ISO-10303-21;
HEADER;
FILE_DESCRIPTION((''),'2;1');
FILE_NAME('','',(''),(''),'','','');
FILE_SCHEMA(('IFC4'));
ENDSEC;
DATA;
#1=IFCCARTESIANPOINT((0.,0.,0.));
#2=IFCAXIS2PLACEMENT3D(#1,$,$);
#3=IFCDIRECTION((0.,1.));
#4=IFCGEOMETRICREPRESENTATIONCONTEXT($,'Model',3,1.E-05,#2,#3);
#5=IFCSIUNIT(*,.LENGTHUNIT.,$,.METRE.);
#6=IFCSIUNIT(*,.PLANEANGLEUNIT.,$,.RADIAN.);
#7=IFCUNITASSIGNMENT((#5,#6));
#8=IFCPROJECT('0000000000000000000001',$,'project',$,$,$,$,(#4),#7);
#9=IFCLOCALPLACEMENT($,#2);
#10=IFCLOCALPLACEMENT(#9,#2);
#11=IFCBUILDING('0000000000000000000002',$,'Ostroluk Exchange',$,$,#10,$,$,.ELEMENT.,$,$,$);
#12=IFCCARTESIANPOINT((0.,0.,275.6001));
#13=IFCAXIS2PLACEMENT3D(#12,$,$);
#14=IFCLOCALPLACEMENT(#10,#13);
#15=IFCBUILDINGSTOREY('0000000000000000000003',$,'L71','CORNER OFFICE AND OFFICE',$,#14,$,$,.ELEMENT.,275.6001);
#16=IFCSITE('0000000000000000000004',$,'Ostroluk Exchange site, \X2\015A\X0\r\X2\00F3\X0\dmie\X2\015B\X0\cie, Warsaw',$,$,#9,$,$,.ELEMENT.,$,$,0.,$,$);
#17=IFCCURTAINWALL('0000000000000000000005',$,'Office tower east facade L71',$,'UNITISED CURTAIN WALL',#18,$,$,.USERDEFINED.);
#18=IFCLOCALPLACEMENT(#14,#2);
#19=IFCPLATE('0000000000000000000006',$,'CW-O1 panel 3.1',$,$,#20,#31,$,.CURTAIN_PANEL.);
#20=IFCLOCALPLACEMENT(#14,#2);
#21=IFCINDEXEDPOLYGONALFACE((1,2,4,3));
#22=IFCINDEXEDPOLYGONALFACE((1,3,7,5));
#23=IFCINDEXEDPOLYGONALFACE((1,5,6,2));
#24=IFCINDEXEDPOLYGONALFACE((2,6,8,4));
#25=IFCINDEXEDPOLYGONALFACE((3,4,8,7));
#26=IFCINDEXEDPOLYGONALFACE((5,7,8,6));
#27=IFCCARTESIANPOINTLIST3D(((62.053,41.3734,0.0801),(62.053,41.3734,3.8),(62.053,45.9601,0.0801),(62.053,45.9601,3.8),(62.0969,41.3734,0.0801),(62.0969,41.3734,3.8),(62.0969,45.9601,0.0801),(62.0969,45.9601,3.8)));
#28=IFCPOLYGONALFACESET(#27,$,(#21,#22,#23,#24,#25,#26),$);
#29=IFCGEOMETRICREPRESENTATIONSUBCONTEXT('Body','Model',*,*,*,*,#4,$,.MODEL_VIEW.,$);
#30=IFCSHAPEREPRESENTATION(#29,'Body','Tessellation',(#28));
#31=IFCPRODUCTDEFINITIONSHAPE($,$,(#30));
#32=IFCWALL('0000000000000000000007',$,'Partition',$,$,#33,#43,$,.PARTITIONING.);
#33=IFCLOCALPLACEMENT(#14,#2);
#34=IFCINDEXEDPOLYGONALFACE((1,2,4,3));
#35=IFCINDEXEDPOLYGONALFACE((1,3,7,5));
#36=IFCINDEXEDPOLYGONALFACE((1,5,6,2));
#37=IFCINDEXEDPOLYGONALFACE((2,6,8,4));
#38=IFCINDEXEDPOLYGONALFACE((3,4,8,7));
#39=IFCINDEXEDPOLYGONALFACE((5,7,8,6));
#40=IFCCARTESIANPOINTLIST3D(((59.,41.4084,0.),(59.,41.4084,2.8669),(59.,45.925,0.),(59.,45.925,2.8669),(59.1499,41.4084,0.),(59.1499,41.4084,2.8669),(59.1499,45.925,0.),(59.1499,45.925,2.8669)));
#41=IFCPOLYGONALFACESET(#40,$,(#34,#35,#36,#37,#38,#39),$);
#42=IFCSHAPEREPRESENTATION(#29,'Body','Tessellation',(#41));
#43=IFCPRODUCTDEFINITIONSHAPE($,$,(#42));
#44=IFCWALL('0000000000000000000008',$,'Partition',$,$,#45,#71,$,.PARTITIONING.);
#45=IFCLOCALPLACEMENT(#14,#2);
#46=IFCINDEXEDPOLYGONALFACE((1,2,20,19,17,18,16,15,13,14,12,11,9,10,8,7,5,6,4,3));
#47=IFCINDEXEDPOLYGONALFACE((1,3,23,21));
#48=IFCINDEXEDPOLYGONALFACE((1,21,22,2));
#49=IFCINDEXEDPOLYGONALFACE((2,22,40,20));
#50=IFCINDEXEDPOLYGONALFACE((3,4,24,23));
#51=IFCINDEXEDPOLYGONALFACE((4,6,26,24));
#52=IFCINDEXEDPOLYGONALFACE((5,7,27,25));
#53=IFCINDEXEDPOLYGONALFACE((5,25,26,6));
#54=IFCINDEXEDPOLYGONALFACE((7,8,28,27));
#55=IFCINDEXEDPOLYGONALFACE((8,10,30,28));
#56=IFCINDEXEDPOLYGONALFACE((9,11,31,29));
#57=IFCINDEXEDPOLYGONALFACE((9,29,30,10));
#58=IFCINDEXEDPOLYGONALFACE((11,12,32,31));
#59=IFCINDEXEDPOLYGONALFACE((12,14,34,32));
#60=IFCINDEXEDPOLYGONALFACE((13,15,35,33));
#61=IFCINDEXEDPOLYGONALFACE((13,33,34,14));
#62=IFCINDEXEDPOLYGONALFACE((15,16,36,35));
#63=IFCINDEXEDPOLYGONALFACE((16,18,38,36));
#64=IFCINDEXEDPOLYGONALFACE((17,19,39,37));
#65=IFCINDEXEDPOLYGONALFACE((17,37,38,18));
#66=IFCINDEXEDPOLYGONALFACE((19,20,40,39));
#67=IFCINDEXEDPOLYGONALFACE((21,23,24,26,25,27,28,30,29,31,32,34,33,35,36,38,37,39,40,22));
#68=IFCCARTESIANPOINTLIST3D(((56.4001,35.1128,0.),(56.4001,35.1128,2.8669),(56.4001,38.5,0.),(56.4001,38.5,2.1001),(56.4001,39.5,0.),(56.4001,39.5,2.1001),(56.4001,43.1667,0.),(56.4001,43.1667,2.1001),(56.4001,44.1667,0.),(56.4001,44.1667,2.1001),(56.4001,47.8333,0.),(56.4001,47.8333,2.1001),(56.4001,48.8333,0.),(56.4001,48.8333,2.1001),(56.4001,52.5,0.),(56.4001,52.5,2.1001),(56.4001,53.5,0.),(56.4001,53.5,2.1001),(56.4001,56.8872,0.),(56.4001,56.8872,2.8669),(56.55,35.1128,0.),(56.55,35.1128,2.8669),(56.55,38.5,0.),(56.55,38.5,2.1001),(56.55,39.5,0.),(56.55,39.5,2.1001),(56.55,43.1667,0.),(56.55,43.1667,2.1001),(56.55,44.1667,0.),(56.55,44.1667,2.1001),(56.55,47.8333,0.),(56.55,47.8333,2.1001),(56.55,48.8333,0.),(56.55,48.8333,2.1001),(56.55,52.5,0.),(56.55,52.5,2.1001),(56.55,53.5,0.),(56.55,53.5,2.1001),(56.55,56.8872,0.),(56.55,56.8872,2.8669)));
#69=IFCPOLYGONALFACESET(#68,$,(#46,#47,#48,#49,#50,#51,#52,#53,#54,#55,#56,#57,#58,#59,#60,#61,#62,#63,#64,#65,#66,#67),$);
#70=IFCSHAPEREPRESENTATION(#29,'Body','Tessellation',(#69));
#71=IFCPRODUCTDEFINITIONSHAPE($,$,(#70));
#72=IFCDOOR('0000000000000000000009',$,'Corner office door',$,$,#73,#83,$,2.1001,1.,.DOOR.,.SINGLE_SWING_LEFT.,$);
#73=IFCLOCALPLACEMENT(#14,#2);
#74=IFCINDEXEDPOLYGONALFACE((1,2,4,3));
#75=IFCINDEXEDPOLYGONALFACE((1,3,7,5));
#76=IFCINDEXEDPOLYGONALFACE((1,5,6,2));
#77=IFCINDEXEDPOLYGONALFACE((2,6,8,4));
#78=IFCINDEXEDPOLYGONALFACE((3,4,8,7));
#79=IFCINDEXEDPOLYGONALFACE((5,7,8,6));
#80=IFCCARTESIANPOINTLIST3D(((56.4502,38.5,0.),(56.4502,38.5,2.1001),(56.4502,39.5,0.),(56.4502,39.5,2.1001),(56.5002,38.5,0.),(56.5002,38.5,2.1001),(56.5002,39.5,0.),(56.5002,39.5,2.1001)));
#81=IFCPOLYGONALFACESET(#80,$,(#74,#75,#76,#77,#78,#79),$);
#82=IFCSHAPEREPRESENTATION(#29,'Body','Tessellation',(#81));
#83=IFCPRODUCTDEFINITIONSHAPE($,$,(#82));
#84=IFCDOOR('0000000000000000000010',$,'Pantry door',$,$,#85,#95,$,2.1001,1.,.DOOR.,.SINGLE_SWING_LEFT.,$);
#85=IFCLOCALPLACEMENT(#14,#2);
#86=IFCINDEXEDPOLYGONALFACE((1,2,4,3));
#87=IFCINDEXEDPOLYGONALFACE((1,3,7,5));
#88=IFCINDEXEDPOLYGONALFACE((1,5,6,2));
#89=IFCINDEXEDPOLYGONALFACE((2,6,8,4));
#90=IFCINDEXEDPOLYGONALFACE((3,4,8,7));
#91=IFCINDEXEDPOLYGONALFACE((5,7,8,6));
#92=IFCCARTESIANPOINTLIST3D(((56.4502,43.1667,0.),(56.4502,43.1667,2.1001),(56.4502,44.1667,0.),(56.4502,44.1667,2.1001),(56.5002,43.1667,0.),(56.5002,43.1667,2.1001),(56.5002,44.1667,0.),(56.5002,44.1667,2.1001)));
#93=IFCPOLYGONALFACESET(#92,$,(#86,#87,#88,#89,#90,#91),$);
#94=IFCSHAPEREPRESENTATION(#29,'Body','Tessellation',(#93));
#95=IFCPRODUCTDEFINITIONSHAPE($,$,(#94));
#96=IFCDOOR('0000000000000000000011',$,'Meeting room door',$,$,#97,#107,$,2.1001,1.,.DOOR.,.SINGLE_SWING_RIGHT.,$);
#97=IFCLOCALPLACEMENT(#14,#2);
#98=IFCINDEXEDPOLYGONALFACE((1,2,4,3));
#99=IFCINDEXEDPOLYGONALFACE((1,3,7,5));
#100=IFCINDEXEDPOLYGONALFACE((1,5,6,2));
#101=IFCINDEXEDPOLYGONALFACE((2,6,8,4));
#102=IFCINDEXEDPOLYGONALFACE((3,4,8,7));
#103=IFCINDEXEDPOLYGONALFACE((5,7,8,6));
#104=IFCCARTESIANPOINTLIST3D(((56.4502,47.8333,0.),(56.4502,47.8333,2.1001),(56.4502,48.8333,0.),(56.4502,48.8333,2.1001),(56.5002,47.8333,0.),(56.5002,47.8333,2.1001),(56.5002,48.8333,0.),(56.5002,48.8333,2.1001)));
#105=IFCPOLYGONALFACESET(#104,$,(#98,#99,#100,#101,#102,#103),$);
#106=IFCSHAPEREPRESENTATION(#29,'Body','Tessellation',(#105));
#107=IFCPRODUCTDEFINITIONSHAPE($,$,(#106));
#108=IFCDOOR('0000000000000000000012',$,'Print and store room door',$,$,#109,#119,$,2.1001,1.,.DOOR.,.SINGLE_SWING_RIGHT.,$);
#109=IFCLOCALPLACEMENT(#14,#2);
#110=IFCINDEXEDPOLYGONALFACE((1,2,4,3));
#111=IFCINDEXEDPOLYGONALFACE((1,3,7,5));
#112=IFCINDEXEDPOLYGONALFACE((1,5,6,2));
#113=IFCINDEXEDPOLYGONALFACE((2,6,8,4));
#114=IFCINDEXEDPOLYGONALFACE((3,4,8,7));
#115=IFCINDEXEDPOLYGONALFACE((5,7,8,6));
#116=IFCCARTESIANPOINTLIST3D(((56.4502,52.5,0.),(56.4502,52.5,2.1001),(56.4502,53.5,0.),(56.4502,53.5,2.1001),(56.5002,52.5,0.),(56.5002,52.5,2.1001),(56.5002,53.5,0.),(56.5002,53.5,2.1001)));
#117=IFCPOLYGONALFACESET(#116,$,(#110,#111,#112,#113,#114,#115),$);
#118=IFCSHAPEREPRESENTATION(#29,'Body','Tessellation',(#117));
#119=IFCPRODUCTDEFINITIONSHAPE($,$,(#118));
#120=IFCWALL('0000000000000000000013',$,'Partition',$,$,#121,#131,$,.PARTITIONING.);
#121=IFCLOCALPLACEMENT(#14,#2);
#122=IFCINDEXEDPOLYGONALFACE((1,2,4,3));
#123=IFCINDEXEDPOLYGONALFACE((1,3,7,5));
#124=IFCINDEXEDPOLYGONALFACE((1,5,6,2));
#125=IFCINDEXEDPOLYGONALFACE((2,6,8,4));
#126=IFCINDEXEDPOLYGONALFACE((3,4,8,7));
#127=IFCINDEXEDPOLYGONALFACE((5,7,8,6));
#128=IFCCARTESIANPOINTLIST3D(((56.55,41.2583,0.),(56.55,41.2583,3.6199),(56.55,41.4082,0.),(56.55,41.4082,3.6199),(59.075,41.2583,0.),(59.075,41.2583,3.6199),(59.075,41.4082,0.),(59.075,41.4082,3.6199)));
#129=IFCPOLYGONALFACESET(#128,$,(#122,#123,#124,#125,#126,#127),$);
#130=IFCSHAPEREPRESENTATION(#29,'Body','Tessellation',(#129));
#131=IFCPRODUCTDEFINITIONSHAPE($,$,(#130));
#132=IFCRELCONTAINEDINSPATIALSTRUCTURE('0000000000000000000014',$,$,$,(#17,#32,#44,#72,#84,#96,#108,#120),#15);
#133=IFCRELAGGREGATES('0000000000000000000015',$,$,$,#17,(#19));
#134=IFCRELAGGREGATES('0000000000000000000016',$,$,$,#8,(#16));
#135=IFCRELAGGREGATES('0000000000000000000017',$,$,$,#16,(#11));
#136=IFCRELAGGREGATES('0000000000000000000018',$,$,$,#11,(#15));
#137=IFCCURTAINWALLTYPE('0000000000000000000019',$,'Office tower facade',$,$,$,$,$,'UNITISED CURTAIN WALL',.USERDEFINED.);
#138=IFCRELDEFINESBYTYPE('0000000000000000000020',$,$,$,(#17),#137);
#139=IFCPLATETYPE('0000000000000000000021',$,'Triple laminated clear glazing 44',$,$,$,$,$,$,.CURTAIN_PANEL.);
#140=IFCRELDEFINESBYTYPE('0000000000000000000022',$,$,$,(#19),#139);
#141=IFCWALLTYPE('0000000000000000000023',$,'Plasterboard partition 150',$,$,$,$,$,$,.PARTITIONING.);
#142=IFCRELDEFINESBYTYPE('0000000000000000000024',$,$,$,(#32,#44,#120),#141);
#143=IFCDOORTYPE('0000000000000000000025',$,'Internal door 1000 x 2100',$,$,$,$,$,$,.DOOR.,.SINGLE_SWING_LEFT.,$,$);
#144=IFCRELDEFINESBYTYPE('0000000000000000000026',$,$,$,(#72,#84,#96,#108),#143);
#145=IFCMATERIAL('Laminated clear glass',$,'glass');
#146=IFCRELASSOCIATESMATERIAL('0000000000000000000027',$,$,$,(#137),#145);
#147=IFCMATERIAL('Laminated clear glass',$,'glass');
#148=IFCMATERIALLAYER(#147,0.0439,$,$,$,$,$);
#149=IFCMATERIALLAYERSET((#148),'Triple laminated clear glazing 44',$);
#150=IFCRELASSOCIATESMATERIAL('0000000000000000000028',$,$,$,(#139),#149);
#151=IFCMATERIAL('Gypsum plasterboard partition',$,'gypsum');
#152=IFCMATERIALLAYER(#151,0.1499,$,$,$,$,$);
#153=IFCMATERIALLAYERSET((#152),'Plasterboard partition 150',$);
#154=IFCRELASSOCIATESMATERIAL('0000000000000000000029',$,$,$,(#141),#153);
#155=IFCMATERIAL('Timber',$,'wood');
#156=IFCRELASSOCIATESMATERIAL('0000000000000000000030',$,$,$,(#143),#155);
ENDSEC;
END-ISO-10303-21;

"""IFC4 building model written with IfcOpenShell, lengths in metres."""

from ifc_helpers import new_model, si_unit, direction, frame, frame_2d, origin, origin_2d, place, context, subcontext, project, spatial, rectangle, extrude, material, layer, layer_set, type_object, element, fill, aggregate, save


model = new_model("IFC4")

# Units and contexts
model_context = context("Model", 3, precision=1e-05, world=origin(), true_north=direction((0.0, 1.0)))
body_context = subcontext(model_context, "Body", "Model", "MODEL_VIEW")
ifc_project = project(units=[si_unit("LENGTHUNIT", "METRE"), si_unit("PLANEANGLEUNIT", "RADIAN")], contexts=[model_context])

# Site, building, storey
site_placement = place(None, origin())
site = spatial("IfcSite", under=ifc_project, at=site_placement, Name="Ostroluk Exchange site, Śródmieście, Warsaw", CompositionType="ELEMENT", RefElevation=0.0)
building_placement = place(site_placement, origin())
building = spatial("IfcBuilding", under=site, at=building_placement, Name="Ostroluk Exchange", CompositionType="ELEMENT")
storey_placement = place(building_placement, frame((0.0, 0.0, 275.6001)))
storey = spatial("IfcBuildingStorey", under=building, at=storey_placement, Name="L71", Description="CORNER OFFICE AND OFFICE", CompositionType="ELEMENT", Elevation=275.6001)

# Curtain wall, plate
ifc_material_1 = material(Name="Laminated clear glass", Category="glass")
curtain_wall_type = type_object("IfcCurtainWallType", Name="Office tower facade", ElementType="UNITISED CURTAIN WALL", PredefinedType="USERDEFINED", material=ifc_material_1)
curtain_wall_placement = place(storey_placement, origin())
curtain_wall = element("IfcCurtainWall", 1, at=curtain_wall_placement, inside=storey, type_object=curtain_wall_type, Name="Office tower east facade L71", ObjectType="UNITISED CURTAIN WALL", PredefinedType="USERDEFINED")
ifc_material_2 = material(Name="Laminated clear glass", Category="glass")
ifc_layer_1 = layer(ifc_material_2, 0.0439)
ifc_layer_set_1 = layer_set([ifc_layer_1], Name="Triple laminated clear glazing 44")
plate_type = type_object("IfcPlateType", Name="Triple laminated clear glazing 44", PredefinedType="CURTAIN_PANEL", material=ifc_layer_set_1)
plate_1_placement = place(storey_placement, frame((62.075, 43.6667, 0.0801), z_axis=(0.0, 0.0, 1.0), x_axis=(0.0, 1.0, 0.0)))
plate_1 = element("IfcPlate", 2, at=plate_1_placement, type_object=plate_type, Name="CW-O1 panel 3.1", PredefinedType="CURTAIN_PANEL", context=body_context, shape_type="SweptSolid", body=[
    extrude(rectangle(XDim=4.5867, YDim=0.0439, at=origin_2d()), origin(), (0.0, 0.0, 1.0), 3.72),
])
aggregate(curtain_wall, [plate_1])

# Wall
ifc_material_3 = material(Name="Gypsum plasterboard partition", Category="gypsum")
ifc_layer_2 = layer(ifc_material_3, 0.1499)
ifc_layer_set_2 = layer_set([ifc_layer_2], Name="Plasterboard partition 150")
wall_type = type_object("IfcWallType", Name="Plasterboard partition 150", PredefinedType="PARTITIONING", material=ifc_layer_set_2)
wall_1_placement = place(storey_placement, frame((59.075, 41.4084, 0.0), z_axis=(0.0, 0.0, 1.0), x_axis=(0.0, 1.0, 0.0)))
element("IfcWall", 3, at=wall_1_placement, inside=storey, type_object=wall_type, Name="Partition", PredefinedType="PARTITIONING", context=body_context, shape_type="SweptSolid", body=[
    extrude(rectangle(XDim=4.5166, YDim=0.1499, at=frame_2d((2.2583, 0.0))), origin(), (0.0, 0.0, 1.0), 2.8669),
])

# Wall, openings, doors
wall_2_placement = place(storey_placement, frame((56.4751, 35.1128, 0.0), z_axis=(0.0, 0.0, 1.0), x_axis=(0.0, 1.0, 0.0)))
wall_2 = element("IfcWall", 4, at=wall_2_placement, inside=storey, type_object=wall_type, Name="Partition", PredefinedType="PARTITIONING", context=body_context, shape_type="SweptSolid", body=[
    extrude(rectangle(XDim=21.7744, YDim=0.1499, at=frame_2d((10.8872, 0.0))), origin(), (0.0, 0.0, 1.0), 2.8669),
])
opening_1_placement = place(wall_2_placement, frame((3.3872, 0.0, 0.0)))
opening_1 = element("IfcOpeningElement", 5, at=opening_1_placement, cuts=wall_2, PredefinedType="OPENING", context=body_context, shape_type="SweptSolid", body=[
    extrude(rectangle(XDim=1.0, YDim=2.1001, at=frame_2d((0.5, 1.05))), frame((0.0, 0.085, 0.0), z_axis=(0.0, -1.0, 0.0), x_axis=(1.0, 0.0, 0.0)), (0.0, 0.0, 1.0), 0.1699),
])
opening_2_placement = place(wall_2_placement, frame((8.054, 0.0, 0.0)))
opening_2 = element("IfcOpeningElement", 6, at=opening_2_placement, cuts=wall_2, PredefinedType="OPENING", context=body_context, shape_type="SweptSolid", body=[
    extrude(rectangle(XDim=1.0, YDim=2.1001, at=frame_2d((0.5, 1.05))), frame((0.0, 0.085, 0.0), z_axis=(0.0, -1.0, 0.0), x_axis=(1.0, 0.0, 0.0)), (0.0, 0.0, 1.0), 0.1699),
])
opening_3_placement = place(wall_2_placement, frame((12.7205, 0.0, 0.0)))
opening_3 = element("IfcOpeningElement", 7, at=opening_3_placement, cuts=wall_2, PredefinedType="OPENING", context=body_context, shape_type="SweptSolid", body=[
    extrude(rectangle(XDim=1.0, YDim=2.1001, at=frame_2d((0.5, 1.05))), frame((0.0, 0.085, 0.0), z_axis=(0.0, -1.0, 0.0), x_axis=(1.0, 0.0, 0.0)), (0.0, 0.0, 1.0), 0.1699),
])
opening_4_placement = place(wall_2_placement, frame((17.3872, 0.0, 0.0)))
opening_4 = element("IfcOpeningElement", 8, at=opening_4_placement, cuts=wall_2, PredefinedType="OPENING", context=body_context, shape_type="SweptSolid", body=[
    extrude(rectangle(XDim=1.0, YDim=2.1001, at=frame_2d((0.5, 1.05))), frame((0.0, 0.085, 0.0), z_axis=(0.0, -1.0, 0.0), x_axis=(1.0, 0.0, 0.0)), (0.0, 0.0, 1.0), 0.1699),
])
ifc_material_4 = material(Name="Timber", Category="wood")
door_type = type_object("IfcDoorType", Name="Internal door 1000 x 2100", OperationType="SINGLE_SWING_LEFT", PredefinedType="DOOR", material=ifc_material_4)
door_1_placement = place(opening_1_placement, origin())
door_1 = element("IfcDoor", 9, at=door_1_placement, inside=storey, type_object=door_type, Name="Corner office door", OperationType="SINGLE_SWING_LEFT", OverallHeight=2.1001, OverallWidth=1.0, PredefinedType="DOOR", context=body_context, shape_type="SweptSolid", body=[
    extrude(rectangle(XDim=1.0, YDim=2.1001, at=frame_2d((0.5, 1.05))), frame((0.0, 0.0249, 0.0), z_axis=(0.0, -1.0, 0.0), x_axis=(1.0, 0.0, 0.0)), (0.0, 0.0, 1.0), 0.05),
])
fill(opening_1, door_1)
door_2_placement = place(opening_2_placement, origin())
door_2 = element("IfcDoor", 10, at=door_2_placement, inside=storey, type_object=door_type, Name="Pantry door", OperationType="SINGLE_SWING_LEFT", OverallHeight=2.1001, OverallWidth=1.0, PredefinedType="DOOR", context=body_context, shape_type="SweptSolid", body=[
    extrude(rectangle(XDim=1.0, YDim=2.1001, at=frame_2d((0.5, 1.05))), frame((0.0, 0.0249, 0.0), z_axis=(0.0, -1.0, 0.0), x_axis=(1.0, 0.0, 0.0)), (0.0, 0.0, 1.0), 0.05),
])
fill(opening_2, door_2)
door_3_placement = place(opening_3_placement, origin())
door_3 = element("IfcDoor", 11, at=door_3_placement, inside=storey, type_object=door_type, Name="Meeting room door", OperationType="SINGLE_SWING_RIGHT", OverallHeight=2.1001, OverallWidth=1.0, PredefinedType="DOOR", context=body_context, shape_type="SweptSolid", body=[
    extrude(rectangle(XDim=1.0, YDim=2.1001, at=frame_2d((0.5, 1.05))), frame((0.0, 0.0249, 0.0), z_axis=(0.0, -1.0, 0.0), x_axis=(1.0, 0.0, 0.0)), (0.0, 0.0, 1.0), 0.05),
])
fill(opening_3, door_3)
door_4_placement = place(opening_4_placement, origin())
door_4 = element("IfcDoor", 12, at=door_4_placement, inside=storey, type_object=door_type, Name="Print and store room door", OperationType="SINGLE_SWING_RIGHT", OverallHeight=2.1001, OverallWidth=1.0, PredefinedType="DOOR", context=body_context, shape_type="SweptSolid", body=[
    extrude(rectangle(XDim=1.0, YDim=2.1001, at=frame_2d((0.5, 1.05))), frame((0.0, 0.0249, 0.0), z_axis=(0.0, -1.0, 0.0), x_axis=(1.0, 0.0, 0.0)), (0.0, 0.0, 1.0), 0.05),
])
fill(opening_4, door_4)

# Wall
wall_3_placement = place(storey_placement, frame((56.55, 41.3333, 0.0), z_axis=(0.0, 0.0, 1.0), x_axis=(1.0, 0.0, 0.0)))
element("IfcWall", 13, at=wall_3_placement, inside=storey, type_object=wall_type, Name="Partition", PredefinedType="PARTITIONING", context=body_context, shape_type="SweptSolid", body=[
    extrude(rectangle(XDim=2.5249, YDim=0.1499, at=frame_2d((1.2625, 0.0))), origin(), (0.0, 0.0, 1.0), 3.6199),
])

save(model, "model.ifc")
